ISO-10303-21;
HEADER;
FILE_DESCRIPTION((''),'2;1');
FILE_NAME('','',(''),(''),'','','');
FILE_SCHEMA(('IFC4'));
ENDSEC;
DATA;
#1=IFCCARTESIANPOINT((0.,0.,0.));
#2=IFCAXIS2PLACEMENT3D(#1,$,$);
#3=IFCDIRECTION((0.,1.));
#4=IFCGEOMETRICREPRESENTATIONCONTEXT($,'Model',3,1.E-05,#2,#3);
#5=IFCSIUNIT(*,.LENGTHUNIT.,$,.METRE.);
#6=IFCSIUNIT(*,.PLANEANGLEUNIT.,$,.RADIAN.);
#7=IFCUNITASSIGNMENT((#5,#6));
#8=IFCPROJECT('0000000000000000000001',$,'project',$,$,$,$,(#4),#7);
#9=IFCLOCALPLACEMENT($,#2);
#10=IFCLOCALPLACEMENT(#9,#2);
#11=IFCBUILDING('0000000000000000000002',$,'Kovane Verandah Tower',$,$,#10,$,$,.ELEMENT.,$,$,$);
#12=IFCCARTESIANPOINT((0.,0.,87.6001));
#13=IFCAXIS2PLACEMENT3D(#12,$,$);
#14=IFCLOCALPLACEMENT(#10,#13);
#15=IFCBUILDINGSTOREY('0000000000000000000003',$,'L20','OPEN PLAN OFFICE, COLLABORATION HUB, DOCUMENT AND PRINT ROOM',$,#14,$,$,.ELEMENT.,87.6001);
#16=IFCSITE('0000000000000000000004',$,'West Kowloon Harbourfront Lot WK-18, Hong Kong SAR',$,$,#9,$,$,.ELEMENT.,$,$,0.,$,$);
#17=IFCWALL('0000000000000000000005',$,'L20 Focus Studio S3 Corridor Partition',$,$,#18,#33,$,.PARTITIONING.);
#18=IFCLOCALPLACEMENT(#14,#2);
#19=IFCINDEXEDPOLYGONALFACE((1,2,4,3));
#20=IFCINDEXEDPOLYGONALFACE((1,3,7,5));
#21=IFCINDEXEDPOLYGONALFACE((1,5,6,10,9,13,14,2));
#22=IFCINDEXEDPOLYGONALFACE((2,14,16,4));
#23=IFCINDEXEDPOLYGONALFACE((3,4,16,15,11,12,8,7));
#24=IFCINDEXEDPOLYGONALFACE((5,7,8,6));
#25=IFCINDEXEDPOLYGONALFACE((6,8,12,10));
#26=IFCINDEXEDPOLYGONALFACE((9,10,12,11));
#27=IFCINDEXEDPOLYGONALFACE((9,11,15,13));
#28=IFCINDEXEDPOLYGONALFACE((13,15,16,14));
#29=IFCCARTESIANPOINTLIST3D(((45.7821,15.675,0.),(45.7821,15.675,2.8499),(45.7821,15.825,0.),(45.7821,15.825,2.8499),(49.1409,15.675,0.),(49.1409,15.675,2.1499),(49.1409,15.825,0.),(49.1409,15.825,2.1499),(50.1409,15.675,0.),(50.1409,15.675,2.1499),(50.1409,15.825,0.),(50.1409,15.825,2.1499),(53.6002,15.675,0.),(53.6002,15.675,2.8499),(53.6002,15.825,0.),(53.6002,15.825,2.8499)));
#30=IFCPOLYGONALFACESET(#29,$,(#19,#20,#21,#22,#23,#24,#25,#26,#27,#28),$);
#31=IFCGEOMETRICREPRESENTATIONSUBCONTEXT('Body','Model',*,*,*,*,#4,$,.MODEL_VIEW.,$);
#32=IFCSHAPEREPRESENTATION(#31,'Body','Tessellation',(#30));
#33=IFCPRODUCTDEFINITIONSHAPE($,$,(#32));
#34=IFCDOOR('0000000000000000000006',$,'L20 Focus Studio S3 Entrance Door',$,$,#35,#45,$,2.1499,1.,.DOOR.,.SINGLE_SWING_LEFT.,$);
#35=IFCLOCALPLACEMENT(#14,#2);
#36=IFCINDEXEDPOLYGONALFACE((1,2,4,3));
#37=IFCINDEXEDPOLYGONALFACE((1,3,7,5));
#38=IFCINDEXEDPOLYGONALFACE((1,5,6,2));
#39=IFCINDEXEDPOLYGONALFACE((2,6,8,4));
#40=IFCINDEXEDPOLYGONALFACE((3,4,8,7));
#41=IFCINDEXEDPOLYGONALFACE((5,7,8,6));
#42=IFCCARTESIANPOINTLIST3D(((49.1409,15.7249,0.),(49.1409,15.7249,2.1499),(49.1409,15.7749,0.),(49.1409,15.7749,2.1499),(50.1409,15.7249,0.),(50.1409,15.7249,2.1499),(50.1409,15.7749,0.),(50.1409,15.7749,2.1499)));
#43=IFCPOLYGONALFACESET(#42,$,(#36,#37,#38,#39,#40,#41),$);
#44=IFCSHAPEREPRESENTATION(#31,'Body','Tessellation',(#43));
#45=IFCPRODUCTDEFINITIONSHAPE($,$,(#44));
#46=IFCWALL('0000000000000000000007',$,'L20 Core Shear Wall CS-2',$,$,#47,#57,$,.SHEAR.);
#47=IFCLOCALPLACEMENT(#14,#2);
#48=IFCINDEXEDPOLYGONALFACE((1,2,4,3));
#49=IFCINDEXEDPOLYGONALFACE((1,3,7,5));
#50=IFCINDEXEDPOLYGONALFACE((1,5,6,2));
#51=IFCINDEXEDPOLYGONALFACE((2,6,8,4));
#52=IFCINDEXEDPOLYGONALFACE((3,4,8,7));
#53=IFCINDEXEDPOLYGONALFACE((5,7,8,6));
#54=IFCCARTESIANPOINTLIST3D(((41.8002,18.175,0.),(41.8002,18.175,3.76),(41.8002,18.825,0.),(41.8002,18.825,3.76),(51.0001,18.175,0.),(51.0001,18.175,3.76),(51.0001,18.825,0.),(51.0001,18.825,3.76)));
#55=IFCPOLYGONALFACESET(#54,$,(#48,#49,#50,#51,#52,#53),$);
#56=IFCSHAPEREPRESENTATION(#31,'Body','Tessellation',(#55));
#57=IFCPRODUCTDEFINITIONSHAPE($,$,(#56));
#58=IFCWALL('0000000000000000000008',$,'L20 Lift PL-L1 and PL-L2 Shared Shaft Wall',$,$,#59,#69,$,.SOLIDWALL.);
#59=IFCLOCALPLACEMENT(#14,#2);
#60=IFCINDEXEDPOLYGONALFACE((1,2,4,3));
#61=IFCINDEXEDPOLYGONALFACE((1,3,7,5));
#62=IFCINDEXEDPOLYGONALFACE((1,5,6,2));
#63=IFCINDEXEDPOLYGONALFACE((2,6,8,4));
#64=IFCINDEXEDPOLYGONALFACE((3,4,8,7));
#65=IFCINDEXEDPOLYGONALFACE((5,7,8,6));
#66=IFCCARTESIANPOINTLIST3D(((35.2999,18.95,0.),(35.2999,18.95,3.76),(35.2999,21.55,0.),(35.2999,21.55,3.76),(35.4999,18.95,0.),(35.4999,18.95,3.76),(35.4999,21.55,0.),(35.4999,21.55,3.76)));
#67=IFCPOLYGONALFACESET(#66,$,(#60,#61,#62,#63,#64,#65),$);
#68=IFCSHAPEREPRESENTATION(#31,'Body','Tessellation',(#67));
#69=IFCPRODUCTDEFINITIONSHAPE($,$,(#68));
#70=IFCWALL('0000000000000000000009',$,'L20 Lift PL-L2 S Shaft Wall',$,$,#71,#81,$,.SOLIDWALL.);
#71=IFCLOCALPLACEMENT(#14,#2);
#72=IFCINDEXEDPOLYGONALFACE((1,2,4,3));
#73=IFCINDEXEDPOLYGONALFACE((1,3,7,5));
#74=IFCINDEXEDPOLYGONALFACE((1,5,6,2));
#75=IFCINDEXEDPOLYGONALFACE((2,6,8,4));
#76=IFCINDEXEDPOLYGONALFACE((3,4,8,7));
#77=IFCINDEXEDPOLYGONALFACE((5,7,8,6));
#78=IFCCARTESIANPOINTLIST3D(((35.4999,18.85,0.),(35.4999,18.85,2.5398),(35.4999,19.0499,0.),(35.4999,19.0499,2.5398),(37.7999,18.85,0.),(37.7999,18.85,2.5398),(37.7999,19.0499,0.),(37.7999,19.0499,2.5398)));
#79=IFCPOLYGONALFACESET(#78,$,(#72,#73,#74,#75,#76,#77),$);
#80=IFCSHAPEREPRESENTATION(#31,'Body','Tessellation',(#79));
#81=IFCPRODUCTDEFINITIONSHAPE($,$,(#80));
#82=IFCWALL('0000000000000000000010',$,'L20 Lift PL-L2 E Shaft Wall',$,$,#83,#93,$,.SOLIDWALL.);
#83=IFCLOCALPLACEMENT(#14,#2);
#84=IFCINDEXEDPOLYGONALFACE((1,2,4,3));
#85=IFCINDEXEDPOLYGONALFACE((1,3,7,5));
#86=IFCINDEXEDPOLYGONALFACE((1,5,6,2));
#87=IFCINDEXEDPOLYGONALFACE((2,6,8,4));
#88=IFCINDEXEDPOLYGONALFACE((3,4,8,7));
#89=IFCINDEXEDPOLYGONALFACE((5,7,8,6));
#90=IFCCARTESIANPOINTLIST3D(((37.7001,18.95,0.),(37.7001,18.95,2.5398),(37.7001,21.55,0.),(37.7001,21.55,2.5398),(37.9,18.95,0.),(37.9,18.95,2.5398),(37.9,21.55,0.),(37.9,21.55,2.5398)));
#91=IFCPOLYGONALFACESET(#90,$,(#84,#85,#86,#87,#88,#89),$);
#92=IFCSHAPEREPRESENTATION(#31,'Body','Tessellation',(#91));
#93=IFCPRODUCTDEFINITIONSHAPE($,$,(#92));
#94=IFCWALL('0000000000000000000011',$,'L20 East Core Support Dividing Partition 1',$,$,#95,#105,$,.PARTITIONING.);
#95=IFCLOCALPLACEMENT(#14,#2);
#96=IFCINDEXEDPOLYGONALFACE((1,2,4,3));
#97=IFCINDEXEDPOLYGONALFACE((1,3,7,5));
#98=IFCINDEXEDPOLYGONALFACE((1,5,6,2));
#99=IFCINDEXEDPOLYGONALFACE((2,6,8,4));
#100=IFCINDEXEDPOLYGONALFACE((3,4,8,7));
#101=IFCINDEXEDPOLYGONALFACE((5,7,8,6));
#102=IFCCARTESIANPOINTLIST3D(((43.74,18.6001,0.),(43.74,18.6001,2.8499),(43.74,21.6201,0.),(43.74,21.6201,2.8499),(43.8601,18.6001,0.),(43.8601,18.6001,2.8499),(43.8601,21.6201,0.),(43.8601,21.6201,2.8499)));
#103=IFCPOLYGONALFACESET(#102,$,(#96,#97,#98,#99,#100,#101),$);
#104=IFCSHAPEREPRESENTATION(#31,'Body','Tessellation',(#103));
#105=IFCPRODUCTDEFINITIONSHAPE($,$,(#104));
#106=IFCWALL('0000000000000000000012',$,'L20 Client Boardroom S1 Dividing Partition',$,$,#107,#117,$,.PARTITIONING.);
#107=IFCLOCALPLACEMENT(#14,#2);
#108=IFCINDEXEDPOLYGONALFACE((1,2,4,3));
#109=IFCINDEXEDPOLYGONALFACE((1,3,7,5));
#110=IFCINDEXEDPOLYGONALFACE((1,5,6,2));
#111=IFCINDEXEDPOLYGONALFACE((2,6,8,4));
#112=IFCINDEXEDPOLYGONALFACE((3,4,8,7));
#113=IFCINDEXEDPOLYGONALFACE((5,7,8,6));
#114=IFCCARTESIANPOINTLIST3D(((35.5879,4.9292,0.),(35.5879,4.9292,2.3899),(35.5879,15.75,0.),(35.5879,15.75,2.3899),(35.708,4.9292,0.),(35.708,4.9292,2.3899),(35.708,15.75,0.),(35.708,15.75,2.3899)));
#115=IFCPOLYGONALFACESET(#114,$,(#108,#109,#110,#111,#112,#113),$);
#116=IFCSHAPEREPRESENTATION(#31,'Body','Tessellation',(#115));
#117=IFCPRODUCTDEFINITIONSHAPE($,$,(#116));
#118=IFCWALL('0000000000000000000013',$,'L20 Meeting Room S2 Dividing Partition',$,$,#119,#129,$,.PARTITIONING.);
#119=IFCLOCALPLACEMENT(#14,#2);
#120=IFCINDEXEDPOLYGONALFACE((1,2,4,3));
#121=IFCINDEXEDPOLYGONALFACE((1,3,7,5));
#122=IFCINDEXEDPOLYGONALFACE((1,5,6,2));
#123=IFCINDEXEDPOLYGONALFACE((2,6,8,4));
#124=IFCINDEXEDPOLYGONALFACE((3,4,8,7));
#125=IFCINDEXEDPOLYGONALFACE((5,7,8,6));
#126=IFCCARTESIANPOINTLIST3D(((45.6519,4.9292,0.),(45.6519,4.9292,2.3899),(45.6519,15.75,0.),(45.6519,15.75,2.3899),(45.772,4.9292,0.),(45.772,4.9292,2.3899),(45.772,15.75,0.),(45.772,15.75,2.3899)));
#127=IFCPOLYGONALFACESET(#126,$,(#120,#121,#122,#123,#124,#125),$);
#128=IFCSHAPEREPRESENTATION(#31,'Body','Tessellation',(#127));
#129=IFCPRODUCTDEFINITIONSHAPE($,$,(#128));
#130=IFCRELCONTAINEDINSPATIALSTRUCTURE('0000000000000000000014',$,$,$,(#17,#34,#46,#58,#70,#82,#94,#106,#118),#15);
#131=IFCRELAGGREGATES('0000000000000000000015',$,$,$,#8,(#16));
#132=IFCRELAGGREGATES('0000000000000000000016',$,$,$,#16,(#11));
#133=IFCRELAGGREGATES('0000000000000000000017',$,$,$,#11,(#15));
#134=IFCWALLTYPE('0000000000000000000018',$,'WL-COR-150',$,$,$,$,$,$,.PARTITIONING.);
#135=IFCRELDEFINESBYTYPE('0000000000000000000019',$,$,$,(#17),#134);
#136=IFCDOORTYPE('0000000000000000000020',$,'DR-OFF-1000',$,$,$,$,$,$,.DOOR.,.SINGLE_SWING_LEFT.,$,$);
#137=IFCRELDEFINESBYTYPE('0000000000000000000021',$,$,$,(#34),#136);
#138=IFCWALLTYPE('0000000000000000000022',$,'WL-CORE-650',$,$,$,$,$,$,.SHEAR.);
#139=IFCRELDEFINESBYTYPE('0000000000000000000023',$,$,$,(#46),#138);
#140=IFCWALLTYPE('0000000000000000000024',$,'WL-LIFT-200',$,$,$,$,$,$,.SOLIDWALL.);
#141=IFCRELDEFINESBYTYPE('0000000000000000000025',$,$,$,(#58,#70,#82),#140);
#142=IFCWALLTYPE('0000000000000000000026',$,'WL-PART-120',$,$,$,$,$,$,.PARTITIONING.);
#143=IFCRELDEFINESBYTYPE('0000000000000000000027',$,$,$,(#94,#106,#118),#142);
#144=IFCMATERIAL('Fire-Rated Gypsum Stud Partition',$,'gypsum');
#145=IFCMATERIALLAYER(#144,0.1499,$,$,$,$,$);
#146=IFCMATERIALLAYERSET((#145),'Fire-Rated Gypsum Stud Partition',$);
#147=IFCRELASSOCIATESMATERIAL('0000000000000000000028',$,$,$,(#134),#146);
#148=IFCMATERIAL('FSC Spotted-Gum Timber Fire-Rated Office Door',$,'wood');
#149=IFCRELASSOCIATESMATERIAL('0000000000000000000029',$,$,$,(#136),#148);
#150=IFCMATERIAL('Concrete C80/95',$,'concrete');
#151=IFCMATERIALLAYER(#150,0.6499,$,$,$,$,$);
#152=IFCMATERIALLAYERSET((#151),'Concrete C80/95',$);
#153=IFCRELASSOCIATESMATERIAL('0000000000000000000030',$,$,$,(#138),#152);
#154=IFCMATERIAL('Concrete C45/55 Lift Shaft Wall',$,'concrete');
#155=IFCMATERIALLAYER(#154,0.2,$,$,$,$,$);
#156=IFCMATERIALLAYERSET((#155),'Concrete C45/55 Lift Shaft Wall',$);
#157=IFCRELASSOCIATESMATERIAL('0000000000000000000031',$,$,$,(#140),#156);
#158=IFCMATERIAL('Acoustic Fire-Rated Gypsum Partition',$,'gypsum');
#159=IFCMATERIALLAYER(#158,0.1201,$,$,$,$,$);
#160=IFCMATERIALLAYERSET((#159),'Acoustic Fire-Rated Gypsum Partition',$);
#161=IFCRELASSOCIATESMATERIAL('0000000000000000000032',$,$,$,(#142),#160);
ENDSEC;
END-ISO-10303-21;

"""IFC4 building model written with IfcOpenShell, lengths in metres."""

from ifc_helpers import new_model, si_unit, direction, frame, frame_2d, origin, place, context, subcontext, project, spatial, rectangle, extrude, material, layer, layer_set, type_object, element, fill, save


model = new_model("IFC4")

# Units and contexts
model_context = context("Model", 3, precision=1e-05, world=origin(), true_north=direction((0.0, 1.0)))
body_context = subcontext(model_context, "Body", "Model", "MODEL_VIEW")
ifc_project = project(units=[si_unit("LENGTHUNIT", "METRE"), si_unit("PLANEANGLEUNIT", "RADIAN")], contexts=[model_context])

# Site, building, storey
site_placement = place(None, origin())
site = spatial("IfcSite", under=ifc_project, at=site_placement, Name="West Kowloon Harbourfront Lot WK-18, Hong Kong SAR", CompositionType="ELEMENT", RefElevation=0.0)
building_placement = place(site_placement, origin())
building = spatial("IfcBuilding", under=site, at=building_placement, Name="Kovane Verandah Tower", CompositionType="ELEMENT")
storey_placement = place(building_placement, frame((0.0, 0.0, 87.6001)))
storey = spatial("IfcBuildingStorey", under=building, at=storey_placement, Name="L20", Description="OPEN PLAN OFFICE, COLLABORATION HUB, DOCUMENT AND PRINT ROOM", CompositionType="ELEMENT", Elevation=87.6001)

# Shared definitions
ifc_material_1 = material(Name="Concrete C80/95", Category="concrete")

# Shared definitions
ifc_material_2 = material(Name="Fire-Rated Gypsum Stud Partition", Category="gypsum")
ifc_layer_1 = layer(ifc_material_2, 0.1499)
ifc_layer_set_1 = layer_set([ifc_layer_1], Name="Fire-Rated Gypsum Stud Partition")
wall_type_1 = type_object("IfcWallType", Name="WL-COR-150", PredefinedType="PARTITIONING", material=ifc_layer_set_1)

# Wall, opening, door
ifc_material_3 = material(Name="FSC Spotted-Gum Timber Fire-Rated Office Door", Category="wood")
door_type_1 = type_object("IfcDoorType", Name="DR-OFF-1000", OperationType="SINGLE_SWING_LEFT", PredefinedType="DOOR", material=ifc_material_3)
wall_1_placement = place(storey_placement, frame((45.782, 15.75, 0.0), z_axis=(0.0, 0.0, 1.0), x_axis=(1.0, 0.0, 0.0)))
wall_1 = element("IfcWall", 1, at=wall_1_placement, inside=storey, type_object=wall_type_1, Name="L20 Focus Studio S3 Corridor Partition", PredefinedType="PARTITIONING", context=body_context, shape_type="SweptSolid", body=[
    extrude(rectangle(XDim=7.8181, YDim=0.1499, at=frame_2d((3.9092, 0.0))), origin(), (0.0, 0.0, 1.0), 2.8499),
])
opening_1_placement = place(wall_1_placement, frame((3.3589, 0.0, 0.0)))
opening_1 = element("IfcOpeningElement", 2, at=opening_1_placement, cuts=wall_1, PredefinedType="OPENING", context=body_context, shape_type="SweptSolid", body=[
    extrude(rectangle(XDim=1.0, YDim=2.1499, at=frame_2d((0.5, 1.075))), frame((0.0, 0.075, 0.0), z_axis=(0.0, -1.0, 0.0), x_axis=(1.0, 0.0, 0.0)), (0.0, 0.0, 1.0), 0.1499),
])
door_1_placement = place(opening_1_placement, origin())
door_1 = element("IfcDoor", 3, at=door_1_placement, inside=storey, type_object=door_type_1, Name="L20 Focus Studio S3 Entrance Door", OperationType="SINGLE_SWING_LEFT", OverallHeight=2.1499, OverallWidth=1.0, PredefinedType="DOOR", context=body_context, shape_type="SweptSolid", body=[
    extrude(rectangle(XDim=1.0, YDim=2.1499, at=frame_2d((0.5, 1.075))), frame((0.0, 0.0249, 0.0), z_axis=(0.0, -1.0, 0.0), x_axis=(1.0, 0.0, 0.0)), (0.0, 0.0, 1.0), 0.05),
])
fill(opening_1, door_1)

# Wall
ifc_layer_2 = layer(ifc_material_1, 0.6499)
ifc_layer_set_2 = layer_set([ifc_layer_2], Name="Concrete C80/95")
wall_type_2 = type_object("IfcWallType", Name="WL-CORE-650", PredefinedType="SHEAR", material=ifc_layer_set_2)
wall_2_placement = place(storey_placement, frame((41.8, 18.5, 0.0), z_axis=(0.0, 0.0, 1.0), x_axis=(1.0, 0.0, 0.0)))
element("IfcWall", 4, at=wall_2_placement, inside=storey, type_object=wall_type_2, Name="L20 Core Shear Wall CS-2", PredefinedType="SHEAR", context=body_context, shape_type="SweptSolid", body=[
    extrude(rectangle(XDim=9.2, YDim=0.6499, at=frame_2d((4.6001, 0.0))), origin(), (0.0, 0.0, 1.0), 3.76),
])

# Shared definitions
ifc_material_4 = material(Name="Concrete C45/55 Lift Shaft Wall", Category="concrete")
ifc_layer_3 = layer(ifc_material_4, 0.2)
ifc_layer_set_3 = layer_set([ifc_layer_3], Name="Concrete C45/55 Lift Shaft Wall")
wall_type_3 = type_object("IfcWallType", Name="WL-LIFT-200", PredefinedType="SOLIDWALL", material=ifc_layer_set_3)

# Walls
wall_3_placement = place(storey_placement, frame((35.3999, 18.95, 0.0), z_axis=(0.0, 0.0, 1.0), x_axis=(0.0, 1.0, 0.0)))
element("IfcWall", 5, at=wall_3_placement, inside=storey, type_object=wall_type_3, Name="L20 Lift PL-L1 and PL-L2 Shared Shaft Wall", PredefinedType="SOLIDWALL", context=body_context, shape_type="SweptSolid", body=[
    extrude(rectangle(XDim=2.6001, YDim=0.2, at=frame_2d((1.3, 0.0))), origin(), (0.0, 0.0, 1.0), 3.76),
])
wall_4_placement = place(storey_placement, frame((35.5, 18.95, 0.0), z_axis=(0.0, 0.0, 1.0), x_axis=(1.0, 0.0, 0.0)))
element("IfcWall", 6, at=wall_4_placement, inside=storey, type_object=wall_type_3, Name="L20 Lift PL-L2 S Shaft Wall", PredefinedType="SOLIDWALL", context=body_context, shape_type="SweptSolid", body=[
    extrude(rectangle(XDim=2.3, YDim=0.2, at=frame_2d((1.1499, 0.0))), origin(), (0.0, 0.0, 1.0), 2.5398),
])

# Walls
wall_5_placement = place(storey_placement, frame((37.8, 18.95, 0.0), z_axis=(0.0, 0.0, 1.0), x_axis=(0.0, 1.0, 0.0)))
element("IfcWall", 7, at=wall_5_placement, inside=storey, type_object=wall_type_3, Name="L20 Lift PL-L2 E Shaft Wall", PredefinedType="SOLIDWALL", context=body_context, shape_type="SweptSolid", body=[
    extrude(rectangle(XDim=2.6001, YDim=0.2, at=frame_2d((1.3, 0.0))), origin(), (0.0, 0.0, 1.0), 2.5398),
])
ifc_material_5 = material(Name="Acoustic Fire-Rated Gypsum Partition", Category="gypsum")
ifc_layer_4 = layer(ifc_material_5, 0.1201)
ifc_layer_set_4 = layer_set([ifc_layer_4], Name="Acoustic Fire-Rated Gypsum Partition")
wall_type_4 = type_object("IfcWallType", Name="WL-PART-120", PredefinedType="PARTITIONING", material=ifc_layer_set_4)
wall_6_placement = place(storey_placement, frame((43.8, 18.6001, 0.0), z_axis=(0.0, 0.0, 1.0), x_axis=(0.0, 1.0, 0.0)))
element("IfcWall", 8, at=wall_6_placement, inside=storey, type_object=wall_type_4, Name="L20 East Core Support Dividing Partition 1", PredefinedType="PARTITIONING", context=body_context, shape_type="SweptSolid", body=[
    extrude(rectangle(XDim=3.02, YDim=0.1201, at=frame_2d((1.51, 0.0))), origin(), (0.0, 0.0, 1.0), 2.8499),
])
for number, where, z_axis, x_axis, name in (
    (9, (35.6479, 4.9292, 0.0), (0.0, 0.0, 1.0), (0.0, 1.0, 0.0), "L20 Client Boardroom S1 Dividing Partition"),
    (10, (45.7119, 4.9292, 0.0), (0.0, 0.0, 1.0), (0.0, 1.0, 0.0), "L20 Meeting Room S2 Dividing Partition"),
):
    element("IfcWall", number, at=place(storey_placement, frame(where, z_axis=z_axis, x_axis=x_axis)), inside=storey, type_object=wall_type_4, Name=name, PredefinedType="PARTITIONING", context=body_context, shape_type="SweptSolid", body=[
        extrude(rectangle(XDim=10.8208, YDim=0.1201, at=frame_2d((5.4104, 0.0))), origin(), (0.0, 0.0, 1.0), 2.3899),
    ])

save(model, "model.ifc")
